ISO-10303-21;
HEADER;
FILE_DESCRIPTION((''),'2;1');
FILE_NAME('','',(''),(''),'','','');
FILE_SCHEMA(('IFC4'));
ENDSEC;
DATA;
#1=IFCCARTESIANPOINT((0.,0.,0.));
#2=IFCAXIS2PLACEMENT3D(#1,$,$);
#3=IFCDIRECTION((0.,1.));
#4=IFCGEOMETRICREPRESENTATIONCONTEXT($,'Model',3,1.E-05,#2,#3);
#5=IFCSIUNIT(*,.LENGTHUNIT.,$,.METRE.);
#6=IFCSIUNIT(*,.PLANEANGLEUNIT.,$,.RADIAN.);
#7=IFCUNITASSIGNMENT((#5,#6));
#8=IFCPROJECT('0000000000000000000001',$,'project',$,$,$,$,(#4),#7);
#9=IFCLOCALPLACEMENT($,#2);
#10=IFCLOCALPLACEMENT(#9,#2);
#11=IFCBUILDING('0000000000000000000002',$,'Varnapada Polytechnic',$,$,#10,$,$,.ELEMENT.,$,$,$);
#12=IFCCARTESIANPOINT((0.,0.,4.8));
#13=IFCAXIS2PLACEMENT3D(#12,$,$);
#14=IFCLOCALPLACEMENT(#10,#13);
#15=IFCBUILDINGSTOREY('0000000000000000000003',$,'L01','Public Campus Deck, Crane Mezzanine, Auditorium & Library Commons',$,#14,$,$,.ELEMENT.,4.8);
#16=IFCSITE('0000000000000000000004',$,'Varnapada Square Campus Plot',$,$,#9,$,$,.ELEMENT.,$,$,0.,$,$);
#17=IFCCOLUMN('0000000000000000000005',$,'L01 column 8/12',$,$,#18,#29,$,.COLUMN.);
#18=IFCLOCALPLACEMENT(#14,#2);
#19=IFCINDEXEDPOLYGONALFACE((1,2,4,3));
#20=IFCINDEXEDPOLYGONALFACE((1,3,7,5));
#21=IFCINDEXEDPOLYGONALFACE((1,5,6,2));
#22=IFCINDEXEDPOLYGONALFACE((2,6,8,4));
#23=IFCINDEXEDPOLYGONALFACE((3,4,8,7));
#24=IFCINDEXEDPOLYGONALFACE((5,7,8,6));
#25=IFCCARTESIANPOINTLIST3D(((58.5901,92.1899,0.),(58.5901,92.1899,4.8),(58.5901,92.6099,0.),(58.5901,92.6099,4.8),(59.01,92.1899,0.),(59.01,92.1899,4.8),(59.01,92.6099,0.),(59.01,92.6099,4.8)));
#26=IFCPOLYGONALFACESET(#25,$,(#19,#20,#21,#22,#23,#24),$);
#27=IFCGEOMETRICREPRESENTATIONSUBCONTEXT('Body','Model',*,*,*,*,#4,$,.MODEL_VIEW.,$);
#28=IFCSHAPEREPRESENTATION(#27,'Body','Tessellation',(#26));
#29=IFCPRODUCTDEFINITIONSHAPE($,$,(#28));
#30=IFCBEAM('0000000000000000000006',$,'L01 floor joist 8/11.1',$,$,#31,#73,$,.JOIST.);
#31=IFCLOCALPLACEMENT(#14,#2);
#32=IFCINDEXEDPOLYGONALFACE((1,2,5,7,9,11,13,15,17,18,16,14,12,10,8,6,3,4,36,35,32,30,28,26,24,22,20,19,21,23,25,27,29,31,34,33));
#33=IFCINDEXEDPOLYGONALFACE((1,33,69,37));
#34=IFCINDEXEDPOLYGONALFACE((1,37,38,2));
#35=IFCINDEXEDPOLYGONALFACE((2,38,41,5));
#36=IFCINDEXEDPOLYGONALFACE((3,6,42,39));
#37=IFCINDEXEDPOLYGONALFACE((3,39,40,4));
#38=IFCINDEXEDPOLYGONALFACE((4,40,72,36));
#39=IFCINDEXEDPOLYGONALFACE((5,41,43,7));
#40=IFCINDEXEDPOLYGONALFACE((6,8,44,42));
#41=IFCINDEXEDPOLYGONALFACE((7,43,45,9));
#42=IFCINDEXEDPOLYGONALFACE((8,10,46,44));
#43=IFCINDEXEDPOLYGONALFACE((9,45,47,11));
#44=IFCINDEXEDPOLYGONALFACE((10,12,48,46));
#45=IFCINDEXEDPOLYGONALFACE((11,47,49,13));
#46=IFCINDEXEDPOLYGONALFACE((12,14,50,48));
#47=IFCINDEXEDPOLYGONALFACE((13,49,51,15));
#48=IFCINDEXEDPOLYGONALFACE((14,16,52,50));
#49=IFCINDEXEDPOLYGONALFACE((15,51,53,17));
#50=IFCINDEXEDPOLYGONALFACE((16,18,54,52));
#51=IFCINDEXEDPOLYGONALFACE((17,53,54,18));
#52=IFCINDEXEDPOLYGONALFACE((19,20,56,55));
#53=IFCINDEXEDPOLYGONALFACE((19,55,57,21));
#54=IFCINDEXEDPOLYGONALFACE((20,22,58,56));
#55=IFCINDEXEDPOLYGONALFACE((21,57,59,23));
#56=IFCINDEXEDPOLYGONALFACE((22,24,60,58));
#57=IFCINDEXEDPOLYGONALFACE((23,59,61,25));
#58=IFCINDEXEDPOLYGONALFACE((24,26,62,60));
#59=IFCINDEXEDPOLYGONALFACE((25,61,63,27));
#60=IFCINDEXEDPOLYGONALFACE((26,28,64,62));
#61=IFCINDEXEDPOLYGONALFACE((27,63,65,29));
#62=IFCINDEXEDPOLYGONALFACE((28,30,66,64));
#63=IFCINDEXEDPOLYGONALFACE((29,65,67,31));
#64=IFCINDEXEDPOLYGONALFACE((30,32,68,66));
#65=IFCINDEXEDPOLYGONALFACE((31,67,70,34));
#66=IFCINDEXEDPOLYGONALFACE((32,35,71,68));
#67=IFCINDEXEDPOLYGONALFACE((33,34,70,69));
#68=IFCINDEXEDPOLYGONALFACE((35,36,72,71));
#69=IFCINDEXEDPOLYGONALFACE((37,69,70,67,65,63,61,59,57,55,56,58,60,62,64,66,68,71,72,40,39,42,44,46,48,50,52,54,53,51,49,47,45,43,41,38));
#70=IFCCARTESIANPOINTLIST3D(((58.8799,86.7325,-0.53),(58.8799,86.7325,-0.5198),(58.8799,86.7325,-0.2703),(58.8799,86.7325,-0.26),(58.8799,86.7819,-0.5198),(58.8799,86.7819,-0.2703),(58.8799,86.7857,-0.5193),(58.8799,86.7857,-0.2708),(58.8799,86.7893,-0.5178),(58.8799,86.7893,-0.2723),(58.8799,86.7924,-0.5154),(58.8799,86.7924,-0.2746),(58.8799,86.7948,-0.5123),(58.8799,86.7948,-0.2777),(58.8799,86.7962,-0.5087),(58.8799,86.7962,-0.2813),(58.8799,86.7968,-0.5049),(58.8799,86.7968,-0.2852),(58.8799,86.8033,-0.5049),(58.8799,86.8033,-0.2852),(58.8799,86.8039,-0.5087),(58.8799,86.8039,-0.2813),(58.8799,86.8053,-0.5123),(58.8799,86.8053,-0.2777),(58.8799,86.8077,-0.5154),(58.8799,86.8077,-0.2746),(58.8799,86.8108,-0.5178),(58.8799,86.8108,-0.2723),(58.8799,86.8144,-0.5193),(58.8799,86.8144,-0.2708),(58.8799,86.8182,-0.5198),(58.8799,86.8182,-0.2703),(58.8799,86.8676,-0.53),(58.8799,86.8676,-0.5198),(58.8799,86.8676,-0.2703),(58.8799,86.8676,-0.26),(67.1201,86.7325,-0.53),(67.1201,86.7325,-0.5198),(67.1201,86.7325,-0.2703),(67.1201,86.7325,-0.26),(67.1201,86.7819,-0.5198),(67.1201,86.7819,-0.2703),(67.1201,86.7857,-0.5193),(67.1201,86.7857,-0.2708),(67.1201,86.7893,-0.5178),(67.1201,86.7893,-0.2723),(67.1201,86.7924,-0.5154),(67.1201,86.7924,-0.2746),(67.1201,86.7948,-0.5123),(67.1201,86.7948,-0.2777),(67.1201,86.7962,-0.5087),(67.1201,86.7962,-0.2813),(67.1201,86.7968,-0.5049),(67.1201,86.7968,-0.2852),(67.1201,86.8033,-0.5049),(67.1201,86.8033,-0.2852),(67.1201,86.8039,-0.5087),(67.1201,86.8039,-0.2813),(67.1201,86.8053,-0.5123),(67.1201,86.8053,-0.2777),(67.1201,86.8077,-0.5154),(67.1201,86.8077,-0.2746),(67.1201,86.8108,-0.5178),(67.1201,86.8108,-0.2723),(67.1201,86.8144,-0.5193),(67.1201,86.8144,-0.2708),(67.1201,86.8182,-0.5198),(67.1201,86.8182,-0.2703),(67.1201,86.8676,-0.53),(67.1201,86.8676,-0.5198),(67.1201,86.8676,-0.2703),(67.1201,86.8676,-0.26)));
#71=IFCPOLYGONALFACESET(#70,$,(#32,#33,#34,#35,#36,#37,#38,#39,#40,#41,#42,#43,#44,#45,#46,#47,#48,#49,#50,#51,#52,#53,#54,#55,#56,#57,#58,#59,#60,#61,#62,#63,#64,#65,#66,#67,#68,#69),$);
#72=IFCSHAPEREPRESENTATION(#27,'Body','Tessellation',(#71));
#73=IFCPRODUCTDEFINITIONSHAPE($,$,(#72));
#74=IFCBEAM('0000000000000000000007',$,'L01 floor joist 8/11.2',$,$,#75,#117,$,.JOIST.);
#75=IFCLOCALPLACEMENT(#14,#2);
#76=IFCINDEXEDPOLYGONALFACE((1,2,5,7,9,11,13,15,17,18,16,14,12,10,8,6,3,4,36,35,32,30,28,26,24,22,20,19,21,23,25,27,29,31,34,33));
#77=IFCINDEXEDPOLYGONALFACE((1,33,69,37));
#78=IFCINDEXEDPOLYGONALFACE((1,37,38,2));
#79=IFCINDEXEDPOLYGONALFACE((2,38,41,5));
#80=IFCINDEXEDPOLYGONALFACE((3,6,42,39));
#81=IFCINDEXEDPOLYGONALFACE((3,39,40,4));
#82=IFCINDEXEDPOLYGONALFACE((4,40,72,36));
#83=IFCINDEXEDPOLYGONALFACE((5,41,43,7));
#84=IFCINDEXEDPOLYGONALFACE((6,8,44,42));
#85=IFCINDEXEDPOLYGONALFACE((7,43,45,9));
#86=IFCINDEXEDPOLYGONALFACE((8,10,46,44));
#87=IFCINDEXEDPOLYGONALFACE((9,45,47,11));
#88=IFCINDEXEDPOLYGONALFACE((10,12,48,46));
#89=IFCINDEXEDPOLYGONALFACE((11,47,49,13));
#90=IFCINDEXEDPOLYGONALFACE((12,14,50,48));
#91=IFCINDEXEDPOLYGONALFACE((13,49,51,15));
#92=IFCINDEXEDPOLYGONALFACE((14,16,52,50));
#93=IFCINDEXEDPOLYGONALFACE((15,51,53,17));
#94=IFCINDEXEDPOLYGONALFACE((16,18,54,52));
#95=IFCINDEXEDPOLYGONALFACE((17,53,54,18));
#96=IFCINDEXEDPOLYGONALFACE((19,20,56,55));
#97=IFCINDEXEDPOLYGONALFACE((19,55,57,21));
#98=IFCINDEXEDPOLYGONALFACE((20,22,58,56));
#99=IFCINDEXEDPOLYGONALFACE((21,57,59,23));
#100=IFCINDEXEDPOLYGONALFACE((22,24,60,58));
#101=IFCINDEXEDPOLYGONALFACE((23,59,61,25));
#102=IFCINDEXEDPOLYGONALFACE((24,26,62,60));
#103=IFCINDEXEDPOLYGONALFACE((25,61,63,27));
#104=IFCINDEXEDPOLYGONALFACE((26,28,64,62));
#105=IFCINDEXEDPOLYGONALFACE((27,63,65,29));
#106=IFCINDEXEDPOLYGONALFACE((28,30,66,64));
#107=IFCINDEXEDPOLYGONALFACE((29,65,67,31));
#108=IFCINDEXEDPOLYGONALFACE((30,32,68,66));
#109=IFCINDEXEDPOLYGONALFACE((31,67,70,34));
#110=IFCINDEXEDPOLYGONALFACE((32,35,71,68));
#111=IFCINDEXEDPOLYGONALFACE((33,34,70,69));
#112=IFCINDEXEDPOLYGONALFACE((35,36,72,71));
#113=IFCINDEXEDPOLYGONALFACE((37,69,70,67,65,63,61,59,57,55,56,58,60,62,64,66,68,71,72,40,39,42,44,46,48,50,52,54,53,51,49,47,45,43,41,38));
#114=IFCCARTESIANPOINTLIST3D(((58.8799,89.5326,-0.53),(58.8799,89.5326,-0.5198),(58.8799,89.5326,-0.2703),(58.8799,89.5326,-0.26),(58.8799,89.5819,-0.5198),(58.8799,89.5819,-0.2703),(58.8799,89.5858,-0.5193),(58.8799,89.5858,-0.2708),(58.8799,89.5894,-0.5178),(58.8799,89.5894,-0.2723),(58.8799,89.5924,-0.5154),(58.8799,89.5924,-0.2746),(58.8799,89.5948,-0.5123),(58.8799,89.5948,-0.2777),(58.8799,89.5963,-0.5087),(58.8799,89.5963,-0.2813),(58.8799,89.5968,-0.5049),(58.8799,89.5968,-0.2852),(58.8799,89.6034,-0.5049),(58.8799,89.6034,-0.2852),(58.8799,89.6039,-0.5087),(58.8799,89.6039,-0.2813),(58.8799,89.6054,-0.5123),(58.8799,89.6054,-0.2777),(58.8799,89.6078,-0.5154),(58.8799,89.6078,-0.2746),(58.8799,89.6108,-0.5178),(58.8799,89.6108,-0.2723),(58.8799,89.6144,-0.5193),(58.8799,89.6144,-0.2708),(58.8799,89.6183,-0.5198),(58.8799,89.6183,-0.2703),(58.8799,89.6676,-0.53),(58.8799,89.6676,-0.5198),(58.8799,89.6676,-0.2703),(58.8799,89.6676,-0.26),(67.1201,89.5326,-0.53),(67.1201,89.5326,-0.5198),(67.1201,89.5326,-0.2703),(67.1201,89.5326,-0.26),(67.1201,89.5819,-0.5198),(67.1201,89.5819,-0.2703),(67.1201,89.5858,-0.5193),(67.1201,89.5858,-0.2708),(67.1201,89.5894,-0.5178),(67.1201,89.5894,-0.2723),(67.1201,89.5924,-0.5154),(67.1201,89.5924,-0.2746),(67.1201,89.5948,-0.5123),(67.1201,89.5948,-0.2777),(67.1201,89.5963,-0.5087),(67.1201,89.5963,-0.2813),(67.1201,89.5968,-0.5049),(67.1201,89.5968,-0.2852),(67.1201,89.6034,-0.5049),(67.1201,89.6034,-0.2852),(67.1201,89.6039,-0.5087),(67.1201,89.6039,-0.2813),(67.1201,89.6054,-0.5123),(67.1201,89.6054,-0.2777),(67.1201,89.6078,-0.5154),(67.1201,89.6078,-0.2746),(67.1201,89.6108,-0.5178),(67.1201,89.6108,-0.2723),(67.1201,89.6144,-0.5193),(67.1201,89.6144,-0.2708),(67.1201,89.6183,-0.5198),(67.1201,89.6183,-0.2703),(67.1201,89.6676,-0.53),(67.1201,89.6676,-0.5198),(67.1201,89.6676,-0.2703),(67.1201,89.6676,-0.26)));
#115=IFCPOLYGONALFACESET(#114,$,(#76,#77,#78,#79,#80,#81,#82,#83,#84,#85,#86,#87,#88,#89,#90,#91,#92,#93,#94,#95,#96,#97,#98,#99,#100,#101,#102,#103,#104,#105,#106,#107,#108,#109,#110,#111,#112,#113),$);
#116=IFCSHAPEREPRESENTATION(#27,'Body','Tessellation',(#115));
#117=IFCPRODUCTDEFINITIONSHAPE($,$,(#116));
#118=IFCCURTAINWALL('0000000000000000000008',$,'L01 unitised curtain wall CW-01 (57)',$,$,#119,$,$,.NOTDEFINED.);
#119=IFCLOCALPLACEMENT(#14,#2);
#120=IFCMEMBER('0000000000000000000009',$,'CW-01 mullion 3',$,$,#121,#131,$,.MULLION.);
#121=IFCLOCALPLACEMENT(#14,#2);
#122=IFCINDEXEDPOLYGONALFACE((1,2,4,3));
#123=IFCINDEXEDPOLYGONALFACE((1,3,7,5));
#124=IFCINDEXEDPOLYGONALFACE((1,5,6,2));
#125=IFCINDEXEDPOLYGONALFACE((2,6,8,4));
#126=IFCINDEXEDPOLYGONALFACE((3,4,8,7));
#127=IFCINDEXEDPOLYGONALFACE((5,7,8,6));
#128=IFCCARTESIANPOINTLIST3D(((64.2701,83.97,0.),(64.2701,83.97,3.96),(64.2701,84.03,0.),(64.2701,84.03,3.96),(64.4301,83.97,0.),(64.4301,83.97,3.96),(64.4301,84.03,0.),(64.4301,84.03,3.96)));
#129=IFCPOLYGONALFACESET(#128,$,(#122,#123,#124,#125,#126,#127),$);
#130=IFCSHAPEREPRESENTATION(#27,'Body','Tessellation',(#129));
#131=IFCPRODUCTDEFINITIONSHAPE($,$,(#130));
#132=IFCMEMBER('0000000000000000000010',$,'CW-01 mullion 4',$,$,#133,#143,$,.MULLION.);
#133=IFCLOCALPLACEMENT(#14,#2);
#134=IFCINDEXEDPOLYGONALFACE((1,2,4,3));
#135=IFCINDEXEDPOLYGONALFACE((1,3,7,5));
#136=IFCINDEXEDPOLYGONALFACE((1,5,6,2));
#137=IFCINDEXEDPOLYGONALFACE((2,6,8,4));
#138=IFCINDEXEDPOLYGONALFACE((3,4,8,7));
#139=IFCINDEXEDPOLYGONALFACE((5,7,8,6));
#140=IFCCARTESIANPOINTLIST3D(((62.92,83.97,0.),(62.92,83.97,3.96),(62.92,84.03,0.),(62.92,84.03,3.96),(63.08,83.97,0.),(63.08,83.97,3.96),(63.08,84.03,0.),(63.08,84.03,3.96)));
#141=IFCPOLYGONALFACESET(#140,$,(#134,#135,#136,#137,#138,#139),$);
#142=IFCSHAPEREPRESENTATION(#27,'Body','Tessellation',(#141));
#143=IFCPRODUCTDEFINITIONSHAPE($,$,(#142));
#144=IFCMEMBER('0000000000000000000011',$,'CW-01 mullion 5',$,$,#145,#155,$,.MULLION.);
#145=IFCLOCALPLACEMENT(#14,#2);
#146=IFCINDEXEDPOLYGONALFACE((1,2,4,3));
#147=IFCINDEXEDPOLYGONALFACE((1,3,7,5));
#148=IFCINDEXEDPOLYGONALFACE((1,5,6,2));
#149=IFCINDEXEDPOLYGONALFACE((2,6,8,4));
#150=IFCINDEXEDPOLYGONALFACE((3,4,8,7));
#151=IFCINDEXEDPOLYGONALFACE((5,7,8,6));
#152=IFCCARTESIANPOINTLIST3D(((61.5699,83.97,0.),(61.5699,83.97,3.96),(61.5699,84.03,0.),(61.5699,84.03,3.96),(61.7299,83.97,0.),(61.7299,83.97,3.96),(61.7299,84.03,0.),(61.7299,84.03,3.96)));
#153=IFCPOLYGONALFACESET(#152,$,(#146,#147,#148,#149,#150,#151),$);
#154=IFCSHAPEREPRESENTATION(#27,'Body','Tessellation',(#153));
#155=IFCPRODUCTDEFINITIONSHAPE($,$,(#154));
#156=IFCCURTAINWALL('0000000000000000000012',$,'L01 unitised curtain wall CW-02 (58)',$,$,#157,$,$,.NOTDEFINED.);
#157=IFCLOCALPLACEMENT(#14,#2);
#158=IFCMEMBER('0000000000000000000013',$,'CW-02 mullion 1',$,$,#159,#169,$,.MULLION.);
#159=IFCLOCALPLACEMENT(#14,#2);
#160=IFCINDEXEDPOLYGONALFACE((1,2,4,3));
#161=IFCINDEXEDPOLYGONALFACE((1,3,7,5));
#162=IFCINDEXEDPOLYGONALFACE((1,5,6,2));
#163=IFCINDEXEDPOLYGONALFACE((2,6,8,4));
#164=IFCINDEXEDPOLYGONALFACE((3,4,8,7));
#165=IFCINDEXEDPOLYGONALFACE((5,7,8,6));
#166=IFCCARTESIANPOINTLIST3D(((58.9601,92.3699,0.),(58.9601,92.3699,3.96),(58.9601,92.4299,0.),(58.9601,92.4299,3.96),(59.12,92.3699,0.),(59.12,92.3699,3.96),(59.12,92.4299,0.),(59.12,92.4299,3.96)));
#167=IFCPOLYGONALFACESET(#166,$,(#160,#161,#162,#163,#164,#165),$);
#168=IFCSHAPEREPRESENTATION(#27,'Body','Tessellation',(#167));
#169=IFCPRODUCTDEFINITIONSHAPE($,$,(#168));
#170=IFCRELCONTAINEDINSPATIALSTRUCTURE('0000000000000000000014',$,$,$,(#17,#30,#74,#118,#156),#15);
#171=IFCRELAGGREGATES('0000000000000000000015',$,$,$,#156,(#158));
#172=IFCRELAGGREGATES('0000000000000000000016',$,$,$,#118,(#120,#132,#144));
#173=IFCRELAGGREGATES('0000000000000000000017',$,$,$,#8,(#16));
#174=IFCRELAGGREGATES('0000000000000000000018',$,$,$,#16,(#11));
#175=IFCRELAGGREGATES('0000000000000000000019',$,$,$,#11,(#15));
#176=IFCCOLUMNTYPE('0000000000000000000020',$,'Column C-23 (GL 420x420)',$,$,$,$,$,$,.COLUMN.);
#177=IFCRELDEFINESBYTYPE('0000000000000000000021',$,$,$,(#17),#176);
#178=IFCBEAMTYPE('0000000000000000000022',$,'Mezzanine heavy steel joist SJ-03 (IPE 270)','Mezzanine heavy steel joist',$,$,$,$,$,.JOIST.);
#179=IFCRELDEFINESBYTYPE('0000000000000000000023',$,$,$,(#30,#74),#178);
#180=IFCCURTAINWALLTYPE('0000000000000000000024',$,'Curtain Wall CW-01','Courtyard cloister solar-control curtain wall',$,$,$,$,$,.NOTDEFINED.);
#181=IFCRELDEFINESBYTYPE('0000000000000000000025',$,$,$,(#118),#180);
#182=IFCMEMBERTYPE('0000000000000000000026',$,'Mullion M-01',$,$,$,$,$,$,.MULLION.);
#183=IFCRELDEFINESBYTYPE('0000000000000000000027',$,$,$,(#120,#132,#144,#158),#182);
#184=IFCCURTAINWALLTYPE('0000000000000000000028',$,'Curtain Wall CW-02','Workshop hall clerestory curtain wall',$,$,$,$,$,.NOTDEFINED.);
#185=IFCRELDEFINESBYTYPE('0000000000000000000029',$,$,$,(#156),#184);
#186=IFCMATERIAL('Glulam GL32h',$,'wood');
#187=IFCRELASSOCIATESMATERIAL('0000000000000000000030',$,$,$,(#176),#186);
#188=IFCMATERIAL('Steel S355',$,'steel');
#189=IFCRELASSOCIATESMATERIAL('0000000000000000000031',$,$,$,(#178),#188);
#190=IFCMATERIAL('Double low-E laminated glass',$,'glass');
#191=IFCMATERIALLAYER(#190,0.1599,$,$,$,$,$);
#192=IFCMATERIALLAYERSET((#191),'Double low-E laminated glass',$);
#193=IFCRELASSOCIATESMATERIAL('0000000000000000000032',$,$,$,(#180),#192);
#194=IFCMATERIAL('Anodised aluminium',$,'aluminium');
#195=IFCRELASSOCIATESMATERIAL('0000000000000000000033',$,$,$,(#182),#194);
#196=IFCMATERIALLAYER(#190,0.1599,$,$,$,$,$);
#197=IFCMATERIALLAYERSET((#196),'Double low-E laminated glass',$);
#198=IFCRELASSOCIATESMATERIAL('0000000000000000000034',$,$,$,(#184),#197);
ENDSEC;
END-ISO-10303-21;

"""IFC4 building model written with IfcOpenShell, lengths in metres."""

from ifc_helpers import new_model, si_unit, direction, frame, origin, origin_2d, place, context, subcontext, project, spatial, rectangle, i_section, extrude, material, layer, layer_set, material_profile, profile_set, type_object, element, aggregate, save


model = new_model("IFC4")

# Units and contexts
model_context = context("Model", 3, precision=1e-05, world=origin(), true_north=direction((0.0, 1.0)))
body_context = subcontext(model_context, "Body", "Model", "MODEL_VIEW")
ifc_project = project(units=[si_unit("LENGTHUNIT", "METRE"), si_unit("PLANEANGLEUNIT", "RADIAN")], contexts=[model_context])

# Site, building, storey
site_placement = place(None, origin())
site = spatial("IfcSite", under=ifc_project, at=site_placement, Name="Varnapada Square Campus Plot", CompositionType="ELEMENT", RefElevation=0.0)
building_placement = place(site_placement, origin())
building = spatial("IfcBuilding", under=site, at=building_placement, Name="Varnapada Polytechnic", CompositionType="ELEMENT")
storey_placement = place(building_placement, frame((0.0, 0.0, 4.8)))
storey = spatial("IfcBuildingStorey", under=building, at=storey_placement, Name="L01", Description="Public Campus Deck, Crane Mezzanine, Auditorium & Library Commons", CompositionType="ELEMENT", Elevation=4.8)

# Column
ifc_material_1 = material(Name="Glulam GL32h", Category="wood")
ifc_material_profile_1 = material_profile(ifc_material_1, rectangle(XDim=0.4199, YDim=0.4199, at=origin_2d()), Name="GL 420x420")
ifc_profile_set_1 = profile_set([ifc_material_profile_1], Name="Glulam GL32h")
column_type = type_object("IfcColumnType", Name="Column C-23 (GL 420x420)", PredefinedType="COLUMN", material=ifc_profile_set_1)
column_placement = place(storey_placement, frame((58.8, 92.3999, 0.0), z_axis=(0.0, 0.0, 1.0), x_axis=(1.0, 0.0, 0.0)))
element("IfcColumn", 1, at=column_placement, inside=storey, type_object=column_type, Name="L01 column 8/12", PredefinedType="COLUMN", context=body_context, shape_type="SweptSolid", body=[
    extrude(rectangle(XDim=0.4199, YDim=0.4199, at=origin_2d()), origin(), (0.0, 0.0, 1.0), 4.8),
])

# Beams
ifc_material_2 = material(Name="Steel S355", Category="steel")
ifc_material_profile_2 = material_profile(ifc_material_2, i_section(OverallWidth=0.135, OverallDepth=0.27, WebThickness=0.0066, FlangeThickness=0.0103, FilletRadius=0.0149, at=origin_2d()), Name="IPE 270")
ifc_profile_set_2 = profile_set([ifc_material_profile_2], Name="Steel S355")
beam_type_1 = type_object("IfcBeamType", Name="Mezzanine heavy steel joist SJ-03 (IPE 270)", Description="Mezzanine heavy steel joist", PredefinedType="JOIST", material=ifc_profile_set_2)
for number, where, z_axis, x_axis, name in (
    (2, (58.8799, 86.8, -0.395), (1.0, 0.0, 0.0), (0.0, 1.0, 0.0), "L01 floor joist 8/11.1"),
    (3, (58.8799, 89.6001, -0.395), (1.0, 0.0, 0.0), (0.0, 1.0, 0.0), "L01 floor joist 8/11.2"),
):
    element("IfcBeam", number, at=place(storey_placement, frame(where, z_axis=z_axis, x_axis=x_axis)), inside=storey, type_object=beam_type_1, Name=name, PredefinedType="JOIST", context=body_context, shape_type="SweptSolid", body=[
        extrude(i_section(OverallWidth=0.135, OverallDepth=0.27, WebThickness=0.0066, FlangeThickness=0.0103, FilletRadius=0.0149, at=origin_2d()), origin(), (0.0, 0.0, 1.0), 8.2402),
    ])

# Curtain wall, members
ifc_material_3 = material(Name="Double low-E laminated glass", Category="glass")
ifc_layer_1 = layer(ifc_material_3, 0.1599)
ifc_layer_set_1 = layer_set([ifc_layer_1], Name="Double low-E laminated glass")
curtain_wall_type_1 = type_object("IfcCurtainWallType", Name="Curtain Wall CW-01", Description="Courtyard cloister solar-control curtain wall", PredefinedType="NOTDEFINED", material=ifc_layer_set_1)
curtain_wall_1_placement = place(storey_placement, origin())
curtain_wall_1 = element("IfcCurtainWall", 4, at=curtain_wall_1_placement, inside=storey, type_object=curtain_wall_type_1, Name="L01 unitised curtain wall CW-01 (57)", PredefinedType="NOTDEFINED")
ifc_material_4 = material(Name="Anodised aluminium", Category="aluminium")
ifc_material_profile_3 = material_profile(ifc_material_4, rectangle(XDim=0.0601, YDim=0.1599, at=origin_2d()), Name="ALU M60x160")
ifc_profile_set_3 = profile_set([ifc_material_profile_3], Name="Anodised aluminium")
member_type_1 = type_object("IfcMemberType", Name="Mullion M-01", PredefinedType="MULLION", material=ifc_profile_set_3)
member_1_placement = place(storey_placement, frame((64.3501, 84.0, 0.0), z_axis=(0.0, 0.0, 1.0), x_axis=(0.0, -1.0, 0.0)))
member_1 = element("IfcMember", 5, at=member_1_placement, type_object=member_type_1, Name="CW-01 mullion 3", PredefinedType="MULLION", context=body_context, shape_type="SweptSolid", body=[
    extrude(rectangle(XDim=0.0601, YDim=0.1599, at=origin_2d()), origin(), (0.0, 0.0, 1.0), 3.96),
])
member_2_placement = place(storey_placement, frame((63.0, 84.0, 0.0), z_axis=(0.0, 0.0, 1.0), x_axis=(0.0, -1.0, 0.0)))
member_2 = element("IfcMember", 6, at=member_2_placement, type_object=member_type_1, Name="CW-01 mullion 4", PredefinedType="MULLION", context=body_context, shape_type="SweptSolid", body=[
    extrude(rectangle(XDim=0.0601, YDim=0.1599, at=origin_2d()), origin(), (0.0, 0.0, 1.0), 3.96),
])
member_3_placement = place(storey_placement, frame((61.6499, 84.0, 0.0), z_axis=(0.0, 0.0, 1.0), x_axis=(0.0, -1.0, 0.0)))
member_3 = element("IfcMember", 7, at=member_3_placement, type_object=member_type_1, Name="CW-01 mullion 5", PredefinedType="MULLION", context=body_context, shape_type="SweptSolid", body=[
    extrude(rectangle(XDim=0.0601, YDim=0.1599, at=origin_2d()), origin(), (0.0, 0.0, 1.0), 3.96),
])

# Curtain wall, member
ifc_layer_2 = layer(ifc_material_3, 0.1599)
ifc_layer_set_2 = layer_set([ifc_layer_2], Name="Double low-E laminated glass")
curtain_wall_type_2 = type_object("IfcCurtainWallType", Name="Curtain Wall CW-02", Description="Workshop hall clerestory curtain wall", PredefinedType="NOTDEFINED", material=ifc_layer_set_2)
curtain_wall_2_placement = place(storey_placement, origin())
curtain_wall_2 = element("IfcCurtainWall", 8, at=curtain_wall_2_placement, inside=storey, type_object=curtain_wall_type_2, Name="L01 unitised curtain wall CW-02 (58)", PredefinedType="NOTDEFINED")
member_4_placement = place(storey_placement, frame((59.04, 92.3999, 0.0), z_axis=(0.0, 0.0, 1.0), x_axis=(0.0, 1.0, 0.0)))
member_4 = element("IfcMember", 9, at=member_4_placement, type_object=member_type_1, Name="CW-02 mullion 1", PredefinedType="MULLION", context=body_context, shape_type="SweptSolid", body=[
    extrude(rectangle(XDim=0.0601, YDim=0.1599, at=origin_2d()), origin(), (0.0, 0.0, 1.0), 3.96),
])

aggregate(curtain_wall_2, [member_4])

aggregate(curtain_wall_1, [member_1, member_2, member_3])

save(model, "model.ifc")
